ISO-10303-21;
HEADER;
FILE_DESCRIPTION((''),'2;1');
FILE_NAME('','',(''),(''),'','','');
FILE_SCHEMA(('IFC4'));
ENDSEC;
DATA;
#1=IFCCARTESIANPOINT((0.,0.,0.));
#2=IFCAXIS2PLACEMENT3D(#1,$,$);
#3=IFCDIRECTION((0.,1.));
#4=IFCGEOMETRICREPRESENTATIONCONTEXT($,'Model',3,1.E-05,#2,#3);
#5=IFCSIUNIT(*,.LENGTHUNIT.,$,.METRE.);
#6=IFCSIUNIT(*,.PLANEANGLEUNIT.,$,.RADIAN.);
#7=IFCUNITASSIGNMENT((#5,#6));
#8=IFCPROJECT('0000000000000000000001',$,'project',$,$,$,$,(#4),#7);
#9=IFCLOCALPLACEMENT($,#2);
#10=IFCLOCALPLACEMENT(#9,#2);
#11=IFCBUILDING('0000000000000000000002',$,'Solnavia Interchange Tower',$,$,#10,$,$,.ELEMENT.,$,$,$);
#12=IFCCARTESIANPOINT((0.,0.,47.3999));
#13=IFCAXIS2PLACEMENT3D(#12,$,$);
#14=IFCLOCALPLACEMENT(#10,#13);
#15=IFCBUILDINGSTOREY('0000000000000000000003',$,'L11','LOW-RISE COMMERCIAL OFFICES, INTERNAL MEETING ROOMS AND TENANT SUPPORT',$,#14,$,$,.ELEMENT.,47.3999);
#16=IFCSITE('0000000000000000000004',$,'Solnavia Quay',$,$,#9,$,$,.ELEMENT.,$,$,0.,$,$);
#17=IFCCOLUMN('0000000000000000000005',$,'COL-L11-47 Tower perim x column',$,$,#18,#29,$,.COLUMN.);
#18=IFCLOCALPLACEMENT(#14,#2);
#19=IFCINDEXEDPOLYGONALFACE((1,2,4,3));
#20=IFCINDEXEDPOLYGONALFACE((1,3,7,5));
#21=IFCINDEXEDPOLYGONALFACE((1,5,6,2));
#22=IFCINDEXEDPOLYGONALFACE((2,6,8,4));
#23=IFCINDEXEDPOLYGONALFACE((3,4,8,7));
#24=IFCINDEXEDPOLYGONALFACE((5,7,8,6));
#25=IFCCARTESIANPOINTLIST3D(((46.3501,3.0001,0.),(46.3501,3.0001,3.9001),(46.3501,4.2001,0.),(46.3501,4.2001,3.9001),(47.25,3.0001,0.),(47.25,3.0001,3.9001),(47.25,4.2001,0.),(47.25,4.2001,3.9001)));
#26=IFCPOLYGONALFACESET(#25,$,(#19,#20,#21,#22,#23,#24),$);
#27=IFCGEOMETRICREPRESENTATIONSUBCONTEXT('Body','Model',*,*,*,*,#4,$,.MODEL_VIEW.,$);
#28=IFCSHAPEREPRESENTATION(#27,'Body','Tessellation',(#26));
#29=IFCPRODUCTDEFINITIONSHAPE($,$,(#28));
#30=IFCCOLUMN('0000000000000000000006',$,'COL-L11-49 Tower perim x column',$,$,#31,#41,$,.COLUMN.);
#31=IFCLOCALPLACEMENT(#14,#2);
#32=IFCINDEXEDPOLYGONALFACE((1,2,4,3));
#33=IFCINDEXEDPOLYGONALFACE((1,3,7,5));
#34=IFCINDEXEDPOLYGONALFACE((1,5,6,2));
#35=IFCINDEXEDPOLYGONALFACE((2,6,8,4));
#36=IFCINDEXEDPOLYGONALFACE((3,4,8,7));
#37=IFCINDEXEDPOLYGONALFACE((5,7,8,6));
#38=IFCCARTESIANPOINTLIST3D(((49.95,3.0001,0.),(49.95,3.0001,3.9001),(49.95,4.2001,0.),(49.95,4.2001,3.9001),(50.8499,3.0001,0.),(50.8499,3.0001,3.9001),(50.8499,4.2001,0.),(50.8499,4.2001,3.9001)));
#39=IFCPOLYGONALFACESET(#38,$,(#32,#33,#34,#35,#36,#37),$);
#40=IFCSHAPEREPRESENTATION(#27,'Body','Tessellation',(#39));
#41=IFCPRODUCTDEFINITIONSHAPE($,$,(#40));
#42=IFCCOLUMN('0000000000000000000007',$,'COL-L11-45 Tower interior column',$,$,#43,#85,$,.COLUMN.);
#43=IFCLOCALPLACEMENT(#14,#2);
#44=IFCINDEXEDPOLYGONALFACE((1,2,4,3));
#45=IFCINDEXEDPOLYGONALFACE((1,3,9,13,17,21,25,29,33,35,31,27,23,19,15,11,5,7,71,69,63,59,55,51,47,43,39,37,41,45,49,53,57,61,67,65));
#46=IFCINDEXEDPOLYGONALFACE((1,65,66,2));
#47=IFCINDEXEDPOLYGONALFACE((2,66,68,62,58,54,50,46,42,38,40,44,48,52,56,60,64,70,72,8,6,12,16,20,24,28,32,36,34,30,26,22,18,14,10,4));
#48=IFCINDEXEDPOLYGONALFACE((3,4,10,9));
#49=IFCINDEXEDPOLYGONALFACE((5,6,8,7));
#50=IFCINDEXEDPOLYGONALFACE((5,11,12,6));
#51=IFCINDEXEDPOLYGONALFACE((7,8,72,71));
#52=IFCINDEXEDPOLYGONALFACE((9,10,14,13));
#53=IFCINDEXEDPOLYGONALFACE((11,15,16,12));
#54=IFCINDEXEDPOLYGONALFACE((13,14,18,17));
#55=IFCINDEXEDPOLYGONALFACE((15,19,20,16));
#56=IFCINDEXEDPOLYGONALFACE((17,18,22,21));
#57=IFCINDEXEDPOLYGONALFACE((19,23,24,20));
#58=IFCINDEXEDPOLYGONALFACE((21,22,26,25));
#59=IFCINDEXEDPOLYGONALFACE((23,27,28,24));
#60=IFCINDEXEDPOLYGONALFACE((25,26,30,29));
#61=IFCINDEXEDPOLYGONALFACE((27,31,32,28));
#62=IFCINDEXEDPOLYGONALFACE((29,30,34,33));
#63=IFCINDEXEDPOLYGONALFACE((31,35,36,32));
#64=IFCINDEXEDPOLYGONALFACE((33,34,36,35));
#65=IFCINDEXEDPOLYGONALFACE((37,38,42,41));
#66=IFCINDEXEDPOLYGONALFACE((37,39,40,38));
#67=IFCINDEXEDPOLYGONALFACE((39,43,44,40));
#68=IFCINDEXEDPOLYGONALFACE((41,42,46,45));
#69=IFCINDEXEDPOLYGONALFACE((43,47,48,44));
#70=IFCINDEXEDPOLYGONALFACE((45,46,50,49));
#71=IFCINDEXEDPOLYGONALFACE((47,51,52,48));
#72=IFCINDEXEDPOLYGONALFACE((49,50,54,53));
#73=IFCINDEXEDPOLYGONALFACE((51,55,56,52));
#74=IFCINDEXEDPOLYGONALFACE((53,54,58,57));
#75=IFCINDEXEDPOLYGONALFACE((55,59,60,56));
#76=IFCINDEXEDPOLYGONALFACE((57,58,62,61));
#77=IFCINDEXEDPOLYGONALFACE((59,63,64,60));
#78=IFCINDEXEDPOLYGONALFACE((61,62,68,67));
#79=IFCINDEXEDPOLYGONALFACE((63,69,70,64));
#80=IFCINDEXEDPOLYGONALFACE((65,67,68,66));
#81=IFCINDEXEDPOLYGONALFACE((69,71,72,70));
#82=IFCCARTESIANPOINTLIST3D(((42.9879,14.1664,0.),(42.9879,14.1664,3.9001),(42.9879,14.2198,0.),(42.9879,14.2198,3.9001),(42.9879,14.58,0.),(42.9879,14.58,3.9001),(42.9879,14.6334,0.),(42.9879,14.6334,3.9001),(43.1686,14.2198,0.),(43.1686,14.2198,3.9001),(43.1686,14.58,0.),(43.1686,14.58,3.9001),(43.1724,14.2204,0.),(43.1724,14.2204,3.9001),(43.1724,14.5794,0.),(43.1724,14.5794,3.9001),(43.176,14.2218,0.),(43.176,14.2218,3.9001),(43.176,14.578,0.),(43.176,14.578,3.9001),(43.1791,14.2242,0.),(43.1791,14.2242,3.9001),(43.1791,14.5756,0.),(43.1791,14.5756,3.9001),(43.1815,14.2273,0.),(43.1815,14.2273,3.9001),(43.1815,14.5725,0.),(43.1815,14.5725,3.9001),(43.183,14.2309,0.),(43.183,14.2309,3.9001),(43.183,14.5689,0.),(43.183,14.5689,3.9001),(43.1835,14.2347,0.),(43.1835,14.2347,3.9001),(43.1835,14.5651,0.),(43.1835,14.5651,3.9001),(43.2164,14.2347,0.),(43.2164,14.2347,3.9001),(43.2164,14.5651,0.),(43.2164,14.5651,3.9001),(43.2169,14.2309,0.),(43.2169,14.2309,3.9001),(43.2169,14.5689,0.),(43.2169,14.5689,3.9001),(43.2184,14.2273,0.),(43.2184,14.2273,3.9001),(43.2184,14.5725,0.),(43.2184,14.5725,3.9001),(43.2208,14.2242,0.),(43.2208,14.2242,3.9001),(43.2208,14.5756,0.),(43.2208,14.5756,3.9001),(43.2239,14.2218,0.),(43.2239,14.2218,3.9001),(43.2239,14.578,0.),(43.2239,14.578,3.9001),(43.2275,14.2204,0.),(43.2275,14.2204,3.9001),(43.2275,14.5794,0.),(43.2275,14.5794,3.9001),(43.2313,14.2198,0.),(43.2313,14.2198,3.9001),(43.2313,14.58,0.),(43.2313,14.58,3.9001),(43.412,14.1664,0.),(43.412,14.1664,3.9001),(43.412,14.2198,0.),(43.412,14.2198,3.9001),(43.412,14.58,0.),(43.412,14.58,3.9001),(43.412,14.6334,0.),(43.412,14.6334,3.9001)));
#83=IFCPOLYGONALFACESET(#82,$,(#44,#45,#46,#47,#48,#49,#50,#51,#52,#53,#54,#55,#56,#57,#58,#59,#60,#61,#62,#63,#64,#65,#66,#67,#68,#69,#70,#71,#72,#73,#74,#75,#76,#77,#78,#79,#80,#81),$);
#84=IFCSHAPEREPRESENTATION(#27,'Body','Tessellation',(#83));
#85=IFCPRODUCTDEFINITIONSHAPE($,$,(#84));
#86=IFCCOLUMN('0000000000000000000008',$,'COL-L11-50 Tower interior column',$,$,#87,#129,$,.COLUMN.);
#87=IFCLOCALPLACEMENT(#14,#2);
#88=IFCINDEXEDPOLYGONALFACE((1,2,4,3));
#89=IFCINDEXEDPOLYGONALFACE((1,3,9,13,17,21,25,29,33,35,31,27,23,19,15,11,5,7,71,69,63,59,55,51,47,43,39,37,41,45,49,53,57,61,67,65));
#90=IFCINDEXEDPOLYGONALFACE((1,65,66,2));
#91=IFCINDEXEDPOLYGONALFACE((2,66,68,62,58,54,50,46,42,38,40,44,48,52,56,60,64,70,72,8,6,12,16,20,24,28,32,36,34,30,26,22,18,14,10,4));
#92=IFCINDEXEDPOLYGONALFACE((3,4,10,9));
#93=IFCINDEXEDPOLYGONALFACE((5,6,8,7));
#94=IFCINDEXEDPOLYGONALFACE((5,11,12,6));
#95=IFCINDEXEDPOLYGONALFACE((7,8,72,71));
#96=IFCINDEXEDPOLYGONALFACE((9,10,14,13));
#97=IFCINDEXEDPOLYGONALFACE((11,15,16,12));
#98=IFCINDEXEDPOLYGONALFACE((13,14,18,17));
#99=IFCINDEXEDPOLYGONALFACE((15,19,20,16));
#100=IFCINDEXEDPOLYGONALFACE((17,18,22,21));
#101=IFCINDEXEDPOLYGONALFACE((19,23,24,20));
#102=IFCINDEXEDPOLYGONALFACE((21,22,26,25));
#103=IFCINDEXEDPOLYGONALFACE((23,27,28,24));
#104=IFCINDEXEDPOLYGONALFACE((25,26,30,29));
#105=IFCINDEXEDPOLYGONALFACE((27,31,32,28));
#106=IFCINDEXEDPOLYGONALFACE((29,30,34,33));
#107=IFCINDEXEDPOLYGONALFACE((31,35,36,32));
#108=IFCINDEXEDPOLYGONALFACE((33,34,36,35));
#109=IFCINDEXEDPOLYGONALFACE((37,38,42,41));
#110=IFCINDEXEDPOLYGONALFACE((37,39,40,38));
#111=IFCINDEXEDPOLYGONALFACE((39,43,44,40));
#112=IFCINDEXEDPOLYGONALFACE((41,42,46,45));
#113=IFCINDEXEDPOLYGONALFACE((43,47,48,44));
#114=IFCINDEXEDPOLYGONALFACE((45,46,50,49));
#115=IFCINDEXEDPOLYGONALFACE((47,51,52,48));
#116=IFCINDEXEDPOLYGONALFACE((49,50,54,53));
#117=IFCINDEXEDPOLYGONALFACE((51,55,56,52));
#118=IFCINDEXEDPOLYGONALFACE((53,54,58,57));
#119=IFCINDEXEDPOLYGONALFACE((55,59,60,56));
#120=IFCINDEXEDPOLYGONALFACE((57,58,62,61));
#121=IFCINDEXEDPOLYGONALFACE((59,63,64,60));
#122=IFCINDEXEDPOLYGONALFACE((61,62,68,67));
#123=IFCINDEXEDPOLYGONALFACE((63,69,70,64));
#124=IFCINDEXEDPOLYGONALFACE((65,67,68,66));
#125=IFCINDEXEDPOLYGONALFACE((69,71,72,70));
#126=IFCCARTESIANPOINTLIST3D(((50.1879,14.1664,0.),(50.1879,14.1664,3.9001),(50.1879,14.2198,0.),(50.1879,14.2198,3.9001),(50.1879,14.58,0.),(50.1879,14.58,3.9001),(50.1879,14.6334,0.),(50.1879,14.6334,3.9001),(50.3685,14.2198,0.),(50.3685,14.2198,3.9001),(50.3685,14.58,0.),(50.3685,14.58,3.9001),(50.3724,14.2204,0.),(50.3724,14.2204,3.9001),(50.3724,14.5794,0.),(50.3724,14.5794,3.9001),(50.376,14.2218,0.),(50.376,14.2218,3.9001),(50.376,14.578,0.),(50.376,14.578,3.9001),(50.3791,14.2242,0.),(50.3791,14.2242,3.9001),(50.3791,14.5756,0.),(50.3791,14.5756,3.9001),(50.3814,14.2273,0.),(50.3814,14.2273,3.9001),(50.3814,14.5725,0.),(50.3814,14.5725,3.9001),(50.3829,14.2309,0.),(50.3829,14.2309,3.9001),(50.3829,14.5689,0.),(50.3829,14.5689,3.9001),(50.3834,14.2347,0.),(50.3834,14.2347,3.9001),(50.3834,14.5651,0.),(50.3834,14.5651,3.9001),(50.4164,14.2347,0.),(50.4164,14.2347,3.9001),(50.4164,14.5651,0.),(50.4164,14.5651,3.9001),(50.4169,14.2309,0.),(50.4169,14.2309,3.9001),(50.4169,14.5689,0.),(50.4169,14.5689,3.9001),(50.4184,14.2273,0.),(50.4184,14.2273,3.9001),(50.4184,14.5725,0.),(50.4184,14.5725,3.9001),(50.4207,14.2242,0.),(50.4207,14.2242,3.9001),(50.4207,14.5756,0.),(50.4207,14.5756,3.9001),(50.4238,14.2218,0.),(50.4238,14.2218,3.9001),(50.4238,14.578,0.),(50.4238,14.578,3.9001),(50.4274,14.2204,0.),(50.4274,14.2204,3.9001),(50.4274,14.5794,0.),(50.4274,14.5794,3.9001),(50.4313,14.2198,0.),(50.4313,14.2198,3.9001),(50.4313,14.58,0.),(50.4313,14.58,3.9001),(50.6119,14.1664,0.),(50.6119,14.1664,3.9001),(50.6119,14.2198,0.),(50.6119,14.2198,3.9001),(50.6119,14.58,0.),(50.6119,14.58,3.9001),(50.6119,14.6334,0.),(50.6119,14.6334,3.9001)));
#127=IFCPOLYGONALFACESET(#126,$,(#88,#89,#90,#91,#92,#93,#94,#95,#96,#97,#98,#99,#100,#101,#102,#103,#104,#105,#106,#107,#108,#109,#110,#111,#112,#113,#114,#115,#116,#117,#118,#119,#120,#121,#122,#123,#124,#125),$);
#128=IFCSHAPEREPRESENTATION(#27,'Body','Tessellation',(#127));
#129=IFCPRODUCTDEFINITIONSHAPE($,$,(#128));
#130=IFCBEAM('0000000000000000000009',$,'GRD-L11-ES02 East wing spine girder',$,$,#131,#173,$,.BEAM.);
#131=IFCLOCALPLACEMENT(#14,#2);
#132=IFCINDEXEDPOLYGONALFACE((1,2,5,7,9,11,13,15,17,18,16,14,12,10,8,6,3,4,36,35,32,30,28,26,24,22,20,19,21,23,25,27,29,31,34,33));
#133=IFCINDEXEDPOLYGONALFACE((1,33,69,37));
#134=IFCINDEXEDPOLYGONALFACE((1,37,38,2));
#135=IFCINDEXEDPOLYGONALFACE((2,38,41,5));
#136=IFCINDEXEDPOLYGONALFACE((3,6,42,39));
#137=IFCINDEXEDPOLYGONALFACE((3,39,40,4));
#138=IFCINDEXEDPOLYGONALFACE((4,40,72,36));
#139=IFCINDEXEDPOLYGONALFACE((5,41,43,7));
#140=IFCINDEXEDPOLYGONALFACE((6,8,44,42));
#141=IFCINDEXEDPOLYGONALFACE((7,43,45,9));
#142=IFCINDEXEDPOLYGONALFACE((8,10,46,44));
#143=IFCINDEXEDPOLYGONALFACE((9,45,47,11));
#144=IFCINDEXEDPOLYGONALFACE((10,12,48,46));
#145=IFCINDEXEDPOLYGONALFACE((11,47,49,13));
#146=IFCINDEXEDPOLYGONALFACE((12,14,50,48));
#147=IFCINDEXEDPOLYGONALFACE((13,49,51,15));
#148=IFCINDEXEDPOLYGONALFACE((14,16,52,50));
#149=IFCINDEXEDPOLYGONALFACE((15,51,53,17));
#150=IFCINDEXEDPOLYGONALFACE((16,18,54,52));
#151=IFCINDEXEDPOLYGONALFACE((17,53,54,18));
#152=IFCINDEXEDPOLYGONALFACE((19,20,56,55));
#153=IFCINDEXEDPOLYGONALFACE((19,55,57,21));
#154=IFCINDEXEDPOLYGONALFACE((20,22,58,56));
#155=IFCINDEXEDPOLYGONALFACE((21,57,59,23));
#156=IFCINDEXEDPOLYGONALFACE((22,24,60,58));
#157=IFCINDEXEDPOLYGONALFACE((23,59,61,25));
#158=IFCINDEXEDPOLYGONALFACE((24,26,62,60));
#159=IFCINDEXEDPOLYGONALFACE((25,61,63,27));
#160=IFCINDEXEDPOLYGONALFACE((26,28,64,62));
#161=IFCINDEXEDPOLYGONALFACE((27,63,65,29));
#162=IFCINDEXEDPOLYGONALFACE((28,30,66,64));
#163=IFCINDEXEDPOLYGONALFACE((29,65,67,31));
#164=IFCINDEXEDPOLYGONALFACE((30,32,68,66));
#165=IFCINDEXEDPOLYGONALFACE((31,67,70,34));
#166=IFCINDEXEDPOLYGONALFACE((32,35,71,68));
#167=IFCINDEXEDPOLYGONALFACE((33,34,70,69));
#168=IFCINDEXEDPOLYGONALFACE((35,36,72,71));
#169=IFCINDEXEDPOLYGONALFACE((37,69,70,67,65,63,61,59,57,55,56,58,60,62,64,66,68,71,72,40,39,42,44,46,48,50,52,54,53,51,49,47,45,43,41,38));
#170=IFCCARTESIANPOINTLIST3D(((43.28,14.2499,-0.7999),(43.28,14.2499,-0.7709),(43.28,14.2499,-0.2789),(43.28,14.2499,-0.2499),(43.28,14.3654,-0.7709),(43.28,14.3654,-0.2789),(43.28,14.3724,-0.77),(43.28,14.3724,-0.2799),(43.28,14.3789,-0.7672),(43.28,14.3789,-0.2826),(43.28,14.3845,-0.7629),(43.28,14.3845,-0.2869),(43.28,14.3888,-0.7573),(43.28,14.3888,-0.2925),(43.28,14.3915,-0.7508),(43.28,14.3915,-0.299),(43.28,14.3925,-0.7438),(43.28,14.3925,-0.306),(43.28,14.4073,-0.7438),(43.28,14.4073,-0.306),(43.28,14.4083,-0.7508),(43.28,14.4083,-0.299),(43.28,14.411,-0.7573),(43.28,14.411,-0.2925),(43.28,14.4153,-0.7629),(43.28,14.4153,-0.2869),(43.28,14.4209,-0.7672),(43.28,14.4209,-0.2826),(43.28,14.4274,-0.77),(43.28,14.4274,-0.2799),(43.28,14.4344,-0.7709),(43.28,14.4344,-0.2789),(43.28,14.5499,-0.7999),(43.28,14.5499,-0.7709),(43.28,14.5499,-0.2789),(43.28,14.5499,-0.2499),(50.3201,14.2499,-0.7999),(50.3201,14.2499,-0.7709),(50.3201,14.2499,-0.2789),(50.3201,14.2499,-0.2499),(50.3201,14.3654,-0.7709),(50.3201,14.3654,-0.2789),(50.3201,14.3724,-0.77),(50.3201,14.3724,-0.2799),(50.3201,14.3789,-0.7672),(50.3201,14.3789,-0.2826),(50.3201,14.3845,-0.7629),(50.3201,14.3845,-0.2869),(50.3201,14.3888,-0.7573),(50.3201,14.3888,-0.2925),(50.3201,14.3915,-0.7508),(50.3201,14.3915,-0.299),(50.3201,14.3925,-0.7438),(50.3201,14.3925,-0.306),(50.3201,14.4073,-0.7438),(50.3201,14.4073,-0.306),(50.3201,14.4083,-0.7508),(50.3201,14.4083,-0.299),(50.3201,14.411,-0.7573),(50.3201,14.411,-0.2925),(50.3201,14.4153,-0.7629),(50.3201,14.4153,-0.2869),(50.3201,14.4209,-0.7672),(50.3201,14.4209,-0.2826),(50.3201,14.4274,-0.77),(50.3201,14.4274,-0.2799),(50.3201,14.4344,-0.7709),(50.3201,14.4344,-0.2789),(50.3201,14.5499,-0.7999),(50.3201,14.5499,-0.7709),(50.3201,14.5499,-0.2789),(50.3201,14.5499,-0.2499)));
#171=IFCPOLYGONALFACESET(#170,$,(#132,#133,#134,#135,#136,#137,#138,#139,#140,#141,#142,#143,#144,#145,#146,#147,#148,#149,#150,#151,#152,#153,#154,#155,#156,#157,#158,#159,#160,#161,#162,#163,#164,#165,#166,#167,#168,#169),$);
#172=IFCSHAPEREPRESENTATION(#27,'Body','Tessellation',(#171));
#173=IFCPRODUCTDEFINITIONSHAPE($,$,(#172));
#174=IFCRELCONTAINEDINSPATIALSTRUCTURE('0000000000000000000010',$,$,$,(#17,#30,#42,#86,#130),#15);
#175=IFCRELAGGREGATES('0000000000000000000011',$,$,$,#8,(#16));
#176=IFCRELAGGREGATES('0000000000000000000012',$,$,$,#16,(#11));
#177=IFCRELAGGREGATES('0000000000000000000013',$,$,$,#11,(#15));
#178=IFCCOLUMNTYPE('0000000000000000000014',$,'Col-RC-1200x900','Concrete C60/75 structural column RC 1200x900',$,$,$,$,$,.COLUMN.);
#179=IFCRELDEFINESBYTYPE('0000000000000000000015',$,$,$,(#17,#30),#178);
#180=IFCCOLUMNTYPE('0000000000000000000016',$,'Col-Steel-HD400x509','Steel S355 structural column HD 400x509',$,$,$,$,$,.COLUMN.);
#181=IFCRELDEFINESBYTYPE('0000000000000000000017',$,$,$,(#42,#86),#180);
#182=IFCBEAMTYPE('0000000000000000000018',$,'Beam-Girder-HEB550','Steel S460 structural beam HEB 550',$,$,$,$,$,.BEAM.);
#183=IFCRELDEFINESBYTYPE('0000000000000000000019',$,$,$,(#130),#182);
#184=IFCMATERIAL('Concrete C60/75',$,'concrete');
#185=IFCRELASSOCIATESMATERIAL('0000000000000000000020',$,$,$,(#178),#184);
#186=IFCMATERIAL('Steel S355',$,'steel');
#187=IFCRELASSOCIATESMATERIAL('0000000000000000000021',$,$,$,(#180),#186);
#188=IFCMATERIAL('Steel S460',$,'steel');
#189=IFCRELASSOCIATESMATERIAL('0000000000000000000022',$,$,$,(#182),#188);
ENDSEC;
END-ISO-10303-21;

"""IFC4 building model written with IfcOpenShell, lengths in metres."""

from ifc_helpers import new_model, si_unit, direction, frame, origin, origin_2d, place, context, subcontext, project, spatial, rectangle, i_section, extrude, material, material_profile, profile_set, type_object, element, save


model = new_model("IFC4")

# Units and contexts
model_context = context("Model", 3, precision=1e-05, world=origin(), true_north=direction((0.0, 1.0)))
body_context = subcontext(model_context, "Body", "Model", "MODEL_VIEW")
ifc_project = project(units=[si_unit("LENGTHUNIT", "METRE"), si_unit("PLANEANGLEUNIT", "RADIAN")], contexts=[model_context])

# Site, building, storey
site_placement = place(None, origin())
site = spatial("IfcSite", under=ifc_project, at=site_placement, Name="Solnavia Quay", CompositionType="ELEMENT", RefElevation=0.0)
building_placement = place(site_placement, origin())
building = spatial("IfcBuilding", under=site, at=building_placement, Name="Solnavia Interchange Tower", CompositionType="ELEMENT")
storey_placement = place(building_placement, frame((0.0, 0.0, 47.3999)))
storey = spatial("IfcBuildingStorey", under=building, at=storey_placement, Name="L11", Description="LOW-RISE COMMERCIAL OFFICES, INTERNAL MEETING ROOMS AND TENANT SUPPORT", CompositionType="ELEMENT", Elevation=47.3999)

# Columns
ifc_material_1 = material(Name="Concrete C60/75", Category="concrete")
ifc_material_profile_1 = material_profile(ifc_material_1, rectangle(XDim=0.8999, YDim=1.2, at=origin_2d()), Name="RC 1200x900")
ifc_profile_set_1 = profile_set([ifc_material_profile_1], Name="Concrete C60/75")
column_type_1 = type_object("IfcColumnType", Name="Col-RC-1200x900", Description="Concrete C60/75 structural column RC 1200x900", PredefinedType="COLUMN", material=ifc_profile_set_1)
for number, where, z_axis, x_axis, name in (
    (1, (46.8, 3.6001, 0.0), (0.0, 0.0, 1.0), (1.0, 0.0, 0.0), "COL-L11-47 Tower perim x column"),
    (2, (50.3999, 3.6001, 0.0), (0.0, 0.0, 1.0), (1.0, 0.0, 0.0), "COL-L11-49 Tower perim x column"),
):
    element("IfcColumn", number, at=place(storey_placement, frame(where, z_axis=z_axis, x_axis=x_axis)), inside=storey, type_object=column_type_1, Name=name, PredefinedType="COLUMN", context=body_context, shape_type="SweptSolid", body=[
        extrude(rectangle(XDim=0.8999, YDim=1.2, at=origin_2d()), origin(), (0.0, 0.0, 1.0), 3.9001),
    ])
ifc_material_2 = material(Name="Steel S355", Category="steel")
ifc_material_profile_2 = material_profile(ifc_material_2, i_section(OverallWidth=0.4241, OverallDepth=0.467, WebThickness=0.033, FlangeThickness=0.0535, FilletRadius=0.0149, at=origin_2d()), Name="HD 400x509")
ifc_profile_set_2 = profile_set([ifc_material_profile_2], Name="Steel S355")
column_type_2 = type_object("IfcColumnType", Name="Col-Steel-HD400x509", Description="Steel S355 structural column HD 400x509", PredefinedType="COLUMN", material=ifc_profile_set_2)
for number, where, z_axis, x_axis, name in (
    (3, (43.2, 14.3999, 0.0), (0.0, 0.0, 1.0), (1.0, 0.0, 0.0), "COL-L11-45 Tower interior column"),
    (4, (50.3999, 14.3999, 0.0), (0.0, 0.0, 1.0), (1.0, 0.0, 0.0), "COL-L11-50 Tower interior column"),
):
    element("IfcColumn", number, at=place(storey_placement, frame(where, z_axis=z_axis, x_axis=x_axis)), inside=storey, type_object=column_type_2, Name=name, PredefinedType="COLUMN", context=body_context, shape_type="SweptSolid", body=[
        extrude(i_section(OverallWidth=0.4241, OverallDepth=0.467, WebThickness=0.033, FlangeThickness=0.0535, FilletRadius=0.0149, at=origin_2d()), origin(), (0.0, 0.0, 1.0), 3.9001),
    ])

# Beam
ifc_material_3 = material(Name="Steel S460", Category="steel")
ifc_material_profile_3 = material_profile(ifc_material_3, i_section(OverallWidth=0.3, OverallDepth=0.55, WebThickness=0.0149, FlangeThickness=0.0291, FilletRadius=0.0271, at=origin_2d()), Name="HEB 550")
ifc_profile_set_3 = profile_set([ifc_material_profile_3], Name="Steel S460")
beam_type_1 = type_object("IfcBeamType", Name="Beam-Girder-HEB550", Description="Steel S460 structural beam HEB 550", PredefinedType="BEAM", material=ifc_profile_set_3)
beam_1_placement = place(storey_placement, frame((43.28, 14.3999, -0.5249), z_axis=(1.0, 0.0, 0.0), x_axis=(0.0, 1.0, 0.0)))
element("IfcBeam", 5, at=beam_1_placement, inside=storey, type_object=beam_type_1, Name="GRD-L11-ES02 East wing spine girder", PredefinedType="BEAM", context=body_context, shape_type="SweptSolid", body=[
    extrude(i_section(OverallWidth=0.3, OverallDepth=0.55, WebThickness=0.0149, FlangeThickness=0.0291, FilletRadius=0.0271, at=origin_2d()), origin(), (0.0, 0.0, 1.0), 7.04),
])

save(model, "model.ifc")
